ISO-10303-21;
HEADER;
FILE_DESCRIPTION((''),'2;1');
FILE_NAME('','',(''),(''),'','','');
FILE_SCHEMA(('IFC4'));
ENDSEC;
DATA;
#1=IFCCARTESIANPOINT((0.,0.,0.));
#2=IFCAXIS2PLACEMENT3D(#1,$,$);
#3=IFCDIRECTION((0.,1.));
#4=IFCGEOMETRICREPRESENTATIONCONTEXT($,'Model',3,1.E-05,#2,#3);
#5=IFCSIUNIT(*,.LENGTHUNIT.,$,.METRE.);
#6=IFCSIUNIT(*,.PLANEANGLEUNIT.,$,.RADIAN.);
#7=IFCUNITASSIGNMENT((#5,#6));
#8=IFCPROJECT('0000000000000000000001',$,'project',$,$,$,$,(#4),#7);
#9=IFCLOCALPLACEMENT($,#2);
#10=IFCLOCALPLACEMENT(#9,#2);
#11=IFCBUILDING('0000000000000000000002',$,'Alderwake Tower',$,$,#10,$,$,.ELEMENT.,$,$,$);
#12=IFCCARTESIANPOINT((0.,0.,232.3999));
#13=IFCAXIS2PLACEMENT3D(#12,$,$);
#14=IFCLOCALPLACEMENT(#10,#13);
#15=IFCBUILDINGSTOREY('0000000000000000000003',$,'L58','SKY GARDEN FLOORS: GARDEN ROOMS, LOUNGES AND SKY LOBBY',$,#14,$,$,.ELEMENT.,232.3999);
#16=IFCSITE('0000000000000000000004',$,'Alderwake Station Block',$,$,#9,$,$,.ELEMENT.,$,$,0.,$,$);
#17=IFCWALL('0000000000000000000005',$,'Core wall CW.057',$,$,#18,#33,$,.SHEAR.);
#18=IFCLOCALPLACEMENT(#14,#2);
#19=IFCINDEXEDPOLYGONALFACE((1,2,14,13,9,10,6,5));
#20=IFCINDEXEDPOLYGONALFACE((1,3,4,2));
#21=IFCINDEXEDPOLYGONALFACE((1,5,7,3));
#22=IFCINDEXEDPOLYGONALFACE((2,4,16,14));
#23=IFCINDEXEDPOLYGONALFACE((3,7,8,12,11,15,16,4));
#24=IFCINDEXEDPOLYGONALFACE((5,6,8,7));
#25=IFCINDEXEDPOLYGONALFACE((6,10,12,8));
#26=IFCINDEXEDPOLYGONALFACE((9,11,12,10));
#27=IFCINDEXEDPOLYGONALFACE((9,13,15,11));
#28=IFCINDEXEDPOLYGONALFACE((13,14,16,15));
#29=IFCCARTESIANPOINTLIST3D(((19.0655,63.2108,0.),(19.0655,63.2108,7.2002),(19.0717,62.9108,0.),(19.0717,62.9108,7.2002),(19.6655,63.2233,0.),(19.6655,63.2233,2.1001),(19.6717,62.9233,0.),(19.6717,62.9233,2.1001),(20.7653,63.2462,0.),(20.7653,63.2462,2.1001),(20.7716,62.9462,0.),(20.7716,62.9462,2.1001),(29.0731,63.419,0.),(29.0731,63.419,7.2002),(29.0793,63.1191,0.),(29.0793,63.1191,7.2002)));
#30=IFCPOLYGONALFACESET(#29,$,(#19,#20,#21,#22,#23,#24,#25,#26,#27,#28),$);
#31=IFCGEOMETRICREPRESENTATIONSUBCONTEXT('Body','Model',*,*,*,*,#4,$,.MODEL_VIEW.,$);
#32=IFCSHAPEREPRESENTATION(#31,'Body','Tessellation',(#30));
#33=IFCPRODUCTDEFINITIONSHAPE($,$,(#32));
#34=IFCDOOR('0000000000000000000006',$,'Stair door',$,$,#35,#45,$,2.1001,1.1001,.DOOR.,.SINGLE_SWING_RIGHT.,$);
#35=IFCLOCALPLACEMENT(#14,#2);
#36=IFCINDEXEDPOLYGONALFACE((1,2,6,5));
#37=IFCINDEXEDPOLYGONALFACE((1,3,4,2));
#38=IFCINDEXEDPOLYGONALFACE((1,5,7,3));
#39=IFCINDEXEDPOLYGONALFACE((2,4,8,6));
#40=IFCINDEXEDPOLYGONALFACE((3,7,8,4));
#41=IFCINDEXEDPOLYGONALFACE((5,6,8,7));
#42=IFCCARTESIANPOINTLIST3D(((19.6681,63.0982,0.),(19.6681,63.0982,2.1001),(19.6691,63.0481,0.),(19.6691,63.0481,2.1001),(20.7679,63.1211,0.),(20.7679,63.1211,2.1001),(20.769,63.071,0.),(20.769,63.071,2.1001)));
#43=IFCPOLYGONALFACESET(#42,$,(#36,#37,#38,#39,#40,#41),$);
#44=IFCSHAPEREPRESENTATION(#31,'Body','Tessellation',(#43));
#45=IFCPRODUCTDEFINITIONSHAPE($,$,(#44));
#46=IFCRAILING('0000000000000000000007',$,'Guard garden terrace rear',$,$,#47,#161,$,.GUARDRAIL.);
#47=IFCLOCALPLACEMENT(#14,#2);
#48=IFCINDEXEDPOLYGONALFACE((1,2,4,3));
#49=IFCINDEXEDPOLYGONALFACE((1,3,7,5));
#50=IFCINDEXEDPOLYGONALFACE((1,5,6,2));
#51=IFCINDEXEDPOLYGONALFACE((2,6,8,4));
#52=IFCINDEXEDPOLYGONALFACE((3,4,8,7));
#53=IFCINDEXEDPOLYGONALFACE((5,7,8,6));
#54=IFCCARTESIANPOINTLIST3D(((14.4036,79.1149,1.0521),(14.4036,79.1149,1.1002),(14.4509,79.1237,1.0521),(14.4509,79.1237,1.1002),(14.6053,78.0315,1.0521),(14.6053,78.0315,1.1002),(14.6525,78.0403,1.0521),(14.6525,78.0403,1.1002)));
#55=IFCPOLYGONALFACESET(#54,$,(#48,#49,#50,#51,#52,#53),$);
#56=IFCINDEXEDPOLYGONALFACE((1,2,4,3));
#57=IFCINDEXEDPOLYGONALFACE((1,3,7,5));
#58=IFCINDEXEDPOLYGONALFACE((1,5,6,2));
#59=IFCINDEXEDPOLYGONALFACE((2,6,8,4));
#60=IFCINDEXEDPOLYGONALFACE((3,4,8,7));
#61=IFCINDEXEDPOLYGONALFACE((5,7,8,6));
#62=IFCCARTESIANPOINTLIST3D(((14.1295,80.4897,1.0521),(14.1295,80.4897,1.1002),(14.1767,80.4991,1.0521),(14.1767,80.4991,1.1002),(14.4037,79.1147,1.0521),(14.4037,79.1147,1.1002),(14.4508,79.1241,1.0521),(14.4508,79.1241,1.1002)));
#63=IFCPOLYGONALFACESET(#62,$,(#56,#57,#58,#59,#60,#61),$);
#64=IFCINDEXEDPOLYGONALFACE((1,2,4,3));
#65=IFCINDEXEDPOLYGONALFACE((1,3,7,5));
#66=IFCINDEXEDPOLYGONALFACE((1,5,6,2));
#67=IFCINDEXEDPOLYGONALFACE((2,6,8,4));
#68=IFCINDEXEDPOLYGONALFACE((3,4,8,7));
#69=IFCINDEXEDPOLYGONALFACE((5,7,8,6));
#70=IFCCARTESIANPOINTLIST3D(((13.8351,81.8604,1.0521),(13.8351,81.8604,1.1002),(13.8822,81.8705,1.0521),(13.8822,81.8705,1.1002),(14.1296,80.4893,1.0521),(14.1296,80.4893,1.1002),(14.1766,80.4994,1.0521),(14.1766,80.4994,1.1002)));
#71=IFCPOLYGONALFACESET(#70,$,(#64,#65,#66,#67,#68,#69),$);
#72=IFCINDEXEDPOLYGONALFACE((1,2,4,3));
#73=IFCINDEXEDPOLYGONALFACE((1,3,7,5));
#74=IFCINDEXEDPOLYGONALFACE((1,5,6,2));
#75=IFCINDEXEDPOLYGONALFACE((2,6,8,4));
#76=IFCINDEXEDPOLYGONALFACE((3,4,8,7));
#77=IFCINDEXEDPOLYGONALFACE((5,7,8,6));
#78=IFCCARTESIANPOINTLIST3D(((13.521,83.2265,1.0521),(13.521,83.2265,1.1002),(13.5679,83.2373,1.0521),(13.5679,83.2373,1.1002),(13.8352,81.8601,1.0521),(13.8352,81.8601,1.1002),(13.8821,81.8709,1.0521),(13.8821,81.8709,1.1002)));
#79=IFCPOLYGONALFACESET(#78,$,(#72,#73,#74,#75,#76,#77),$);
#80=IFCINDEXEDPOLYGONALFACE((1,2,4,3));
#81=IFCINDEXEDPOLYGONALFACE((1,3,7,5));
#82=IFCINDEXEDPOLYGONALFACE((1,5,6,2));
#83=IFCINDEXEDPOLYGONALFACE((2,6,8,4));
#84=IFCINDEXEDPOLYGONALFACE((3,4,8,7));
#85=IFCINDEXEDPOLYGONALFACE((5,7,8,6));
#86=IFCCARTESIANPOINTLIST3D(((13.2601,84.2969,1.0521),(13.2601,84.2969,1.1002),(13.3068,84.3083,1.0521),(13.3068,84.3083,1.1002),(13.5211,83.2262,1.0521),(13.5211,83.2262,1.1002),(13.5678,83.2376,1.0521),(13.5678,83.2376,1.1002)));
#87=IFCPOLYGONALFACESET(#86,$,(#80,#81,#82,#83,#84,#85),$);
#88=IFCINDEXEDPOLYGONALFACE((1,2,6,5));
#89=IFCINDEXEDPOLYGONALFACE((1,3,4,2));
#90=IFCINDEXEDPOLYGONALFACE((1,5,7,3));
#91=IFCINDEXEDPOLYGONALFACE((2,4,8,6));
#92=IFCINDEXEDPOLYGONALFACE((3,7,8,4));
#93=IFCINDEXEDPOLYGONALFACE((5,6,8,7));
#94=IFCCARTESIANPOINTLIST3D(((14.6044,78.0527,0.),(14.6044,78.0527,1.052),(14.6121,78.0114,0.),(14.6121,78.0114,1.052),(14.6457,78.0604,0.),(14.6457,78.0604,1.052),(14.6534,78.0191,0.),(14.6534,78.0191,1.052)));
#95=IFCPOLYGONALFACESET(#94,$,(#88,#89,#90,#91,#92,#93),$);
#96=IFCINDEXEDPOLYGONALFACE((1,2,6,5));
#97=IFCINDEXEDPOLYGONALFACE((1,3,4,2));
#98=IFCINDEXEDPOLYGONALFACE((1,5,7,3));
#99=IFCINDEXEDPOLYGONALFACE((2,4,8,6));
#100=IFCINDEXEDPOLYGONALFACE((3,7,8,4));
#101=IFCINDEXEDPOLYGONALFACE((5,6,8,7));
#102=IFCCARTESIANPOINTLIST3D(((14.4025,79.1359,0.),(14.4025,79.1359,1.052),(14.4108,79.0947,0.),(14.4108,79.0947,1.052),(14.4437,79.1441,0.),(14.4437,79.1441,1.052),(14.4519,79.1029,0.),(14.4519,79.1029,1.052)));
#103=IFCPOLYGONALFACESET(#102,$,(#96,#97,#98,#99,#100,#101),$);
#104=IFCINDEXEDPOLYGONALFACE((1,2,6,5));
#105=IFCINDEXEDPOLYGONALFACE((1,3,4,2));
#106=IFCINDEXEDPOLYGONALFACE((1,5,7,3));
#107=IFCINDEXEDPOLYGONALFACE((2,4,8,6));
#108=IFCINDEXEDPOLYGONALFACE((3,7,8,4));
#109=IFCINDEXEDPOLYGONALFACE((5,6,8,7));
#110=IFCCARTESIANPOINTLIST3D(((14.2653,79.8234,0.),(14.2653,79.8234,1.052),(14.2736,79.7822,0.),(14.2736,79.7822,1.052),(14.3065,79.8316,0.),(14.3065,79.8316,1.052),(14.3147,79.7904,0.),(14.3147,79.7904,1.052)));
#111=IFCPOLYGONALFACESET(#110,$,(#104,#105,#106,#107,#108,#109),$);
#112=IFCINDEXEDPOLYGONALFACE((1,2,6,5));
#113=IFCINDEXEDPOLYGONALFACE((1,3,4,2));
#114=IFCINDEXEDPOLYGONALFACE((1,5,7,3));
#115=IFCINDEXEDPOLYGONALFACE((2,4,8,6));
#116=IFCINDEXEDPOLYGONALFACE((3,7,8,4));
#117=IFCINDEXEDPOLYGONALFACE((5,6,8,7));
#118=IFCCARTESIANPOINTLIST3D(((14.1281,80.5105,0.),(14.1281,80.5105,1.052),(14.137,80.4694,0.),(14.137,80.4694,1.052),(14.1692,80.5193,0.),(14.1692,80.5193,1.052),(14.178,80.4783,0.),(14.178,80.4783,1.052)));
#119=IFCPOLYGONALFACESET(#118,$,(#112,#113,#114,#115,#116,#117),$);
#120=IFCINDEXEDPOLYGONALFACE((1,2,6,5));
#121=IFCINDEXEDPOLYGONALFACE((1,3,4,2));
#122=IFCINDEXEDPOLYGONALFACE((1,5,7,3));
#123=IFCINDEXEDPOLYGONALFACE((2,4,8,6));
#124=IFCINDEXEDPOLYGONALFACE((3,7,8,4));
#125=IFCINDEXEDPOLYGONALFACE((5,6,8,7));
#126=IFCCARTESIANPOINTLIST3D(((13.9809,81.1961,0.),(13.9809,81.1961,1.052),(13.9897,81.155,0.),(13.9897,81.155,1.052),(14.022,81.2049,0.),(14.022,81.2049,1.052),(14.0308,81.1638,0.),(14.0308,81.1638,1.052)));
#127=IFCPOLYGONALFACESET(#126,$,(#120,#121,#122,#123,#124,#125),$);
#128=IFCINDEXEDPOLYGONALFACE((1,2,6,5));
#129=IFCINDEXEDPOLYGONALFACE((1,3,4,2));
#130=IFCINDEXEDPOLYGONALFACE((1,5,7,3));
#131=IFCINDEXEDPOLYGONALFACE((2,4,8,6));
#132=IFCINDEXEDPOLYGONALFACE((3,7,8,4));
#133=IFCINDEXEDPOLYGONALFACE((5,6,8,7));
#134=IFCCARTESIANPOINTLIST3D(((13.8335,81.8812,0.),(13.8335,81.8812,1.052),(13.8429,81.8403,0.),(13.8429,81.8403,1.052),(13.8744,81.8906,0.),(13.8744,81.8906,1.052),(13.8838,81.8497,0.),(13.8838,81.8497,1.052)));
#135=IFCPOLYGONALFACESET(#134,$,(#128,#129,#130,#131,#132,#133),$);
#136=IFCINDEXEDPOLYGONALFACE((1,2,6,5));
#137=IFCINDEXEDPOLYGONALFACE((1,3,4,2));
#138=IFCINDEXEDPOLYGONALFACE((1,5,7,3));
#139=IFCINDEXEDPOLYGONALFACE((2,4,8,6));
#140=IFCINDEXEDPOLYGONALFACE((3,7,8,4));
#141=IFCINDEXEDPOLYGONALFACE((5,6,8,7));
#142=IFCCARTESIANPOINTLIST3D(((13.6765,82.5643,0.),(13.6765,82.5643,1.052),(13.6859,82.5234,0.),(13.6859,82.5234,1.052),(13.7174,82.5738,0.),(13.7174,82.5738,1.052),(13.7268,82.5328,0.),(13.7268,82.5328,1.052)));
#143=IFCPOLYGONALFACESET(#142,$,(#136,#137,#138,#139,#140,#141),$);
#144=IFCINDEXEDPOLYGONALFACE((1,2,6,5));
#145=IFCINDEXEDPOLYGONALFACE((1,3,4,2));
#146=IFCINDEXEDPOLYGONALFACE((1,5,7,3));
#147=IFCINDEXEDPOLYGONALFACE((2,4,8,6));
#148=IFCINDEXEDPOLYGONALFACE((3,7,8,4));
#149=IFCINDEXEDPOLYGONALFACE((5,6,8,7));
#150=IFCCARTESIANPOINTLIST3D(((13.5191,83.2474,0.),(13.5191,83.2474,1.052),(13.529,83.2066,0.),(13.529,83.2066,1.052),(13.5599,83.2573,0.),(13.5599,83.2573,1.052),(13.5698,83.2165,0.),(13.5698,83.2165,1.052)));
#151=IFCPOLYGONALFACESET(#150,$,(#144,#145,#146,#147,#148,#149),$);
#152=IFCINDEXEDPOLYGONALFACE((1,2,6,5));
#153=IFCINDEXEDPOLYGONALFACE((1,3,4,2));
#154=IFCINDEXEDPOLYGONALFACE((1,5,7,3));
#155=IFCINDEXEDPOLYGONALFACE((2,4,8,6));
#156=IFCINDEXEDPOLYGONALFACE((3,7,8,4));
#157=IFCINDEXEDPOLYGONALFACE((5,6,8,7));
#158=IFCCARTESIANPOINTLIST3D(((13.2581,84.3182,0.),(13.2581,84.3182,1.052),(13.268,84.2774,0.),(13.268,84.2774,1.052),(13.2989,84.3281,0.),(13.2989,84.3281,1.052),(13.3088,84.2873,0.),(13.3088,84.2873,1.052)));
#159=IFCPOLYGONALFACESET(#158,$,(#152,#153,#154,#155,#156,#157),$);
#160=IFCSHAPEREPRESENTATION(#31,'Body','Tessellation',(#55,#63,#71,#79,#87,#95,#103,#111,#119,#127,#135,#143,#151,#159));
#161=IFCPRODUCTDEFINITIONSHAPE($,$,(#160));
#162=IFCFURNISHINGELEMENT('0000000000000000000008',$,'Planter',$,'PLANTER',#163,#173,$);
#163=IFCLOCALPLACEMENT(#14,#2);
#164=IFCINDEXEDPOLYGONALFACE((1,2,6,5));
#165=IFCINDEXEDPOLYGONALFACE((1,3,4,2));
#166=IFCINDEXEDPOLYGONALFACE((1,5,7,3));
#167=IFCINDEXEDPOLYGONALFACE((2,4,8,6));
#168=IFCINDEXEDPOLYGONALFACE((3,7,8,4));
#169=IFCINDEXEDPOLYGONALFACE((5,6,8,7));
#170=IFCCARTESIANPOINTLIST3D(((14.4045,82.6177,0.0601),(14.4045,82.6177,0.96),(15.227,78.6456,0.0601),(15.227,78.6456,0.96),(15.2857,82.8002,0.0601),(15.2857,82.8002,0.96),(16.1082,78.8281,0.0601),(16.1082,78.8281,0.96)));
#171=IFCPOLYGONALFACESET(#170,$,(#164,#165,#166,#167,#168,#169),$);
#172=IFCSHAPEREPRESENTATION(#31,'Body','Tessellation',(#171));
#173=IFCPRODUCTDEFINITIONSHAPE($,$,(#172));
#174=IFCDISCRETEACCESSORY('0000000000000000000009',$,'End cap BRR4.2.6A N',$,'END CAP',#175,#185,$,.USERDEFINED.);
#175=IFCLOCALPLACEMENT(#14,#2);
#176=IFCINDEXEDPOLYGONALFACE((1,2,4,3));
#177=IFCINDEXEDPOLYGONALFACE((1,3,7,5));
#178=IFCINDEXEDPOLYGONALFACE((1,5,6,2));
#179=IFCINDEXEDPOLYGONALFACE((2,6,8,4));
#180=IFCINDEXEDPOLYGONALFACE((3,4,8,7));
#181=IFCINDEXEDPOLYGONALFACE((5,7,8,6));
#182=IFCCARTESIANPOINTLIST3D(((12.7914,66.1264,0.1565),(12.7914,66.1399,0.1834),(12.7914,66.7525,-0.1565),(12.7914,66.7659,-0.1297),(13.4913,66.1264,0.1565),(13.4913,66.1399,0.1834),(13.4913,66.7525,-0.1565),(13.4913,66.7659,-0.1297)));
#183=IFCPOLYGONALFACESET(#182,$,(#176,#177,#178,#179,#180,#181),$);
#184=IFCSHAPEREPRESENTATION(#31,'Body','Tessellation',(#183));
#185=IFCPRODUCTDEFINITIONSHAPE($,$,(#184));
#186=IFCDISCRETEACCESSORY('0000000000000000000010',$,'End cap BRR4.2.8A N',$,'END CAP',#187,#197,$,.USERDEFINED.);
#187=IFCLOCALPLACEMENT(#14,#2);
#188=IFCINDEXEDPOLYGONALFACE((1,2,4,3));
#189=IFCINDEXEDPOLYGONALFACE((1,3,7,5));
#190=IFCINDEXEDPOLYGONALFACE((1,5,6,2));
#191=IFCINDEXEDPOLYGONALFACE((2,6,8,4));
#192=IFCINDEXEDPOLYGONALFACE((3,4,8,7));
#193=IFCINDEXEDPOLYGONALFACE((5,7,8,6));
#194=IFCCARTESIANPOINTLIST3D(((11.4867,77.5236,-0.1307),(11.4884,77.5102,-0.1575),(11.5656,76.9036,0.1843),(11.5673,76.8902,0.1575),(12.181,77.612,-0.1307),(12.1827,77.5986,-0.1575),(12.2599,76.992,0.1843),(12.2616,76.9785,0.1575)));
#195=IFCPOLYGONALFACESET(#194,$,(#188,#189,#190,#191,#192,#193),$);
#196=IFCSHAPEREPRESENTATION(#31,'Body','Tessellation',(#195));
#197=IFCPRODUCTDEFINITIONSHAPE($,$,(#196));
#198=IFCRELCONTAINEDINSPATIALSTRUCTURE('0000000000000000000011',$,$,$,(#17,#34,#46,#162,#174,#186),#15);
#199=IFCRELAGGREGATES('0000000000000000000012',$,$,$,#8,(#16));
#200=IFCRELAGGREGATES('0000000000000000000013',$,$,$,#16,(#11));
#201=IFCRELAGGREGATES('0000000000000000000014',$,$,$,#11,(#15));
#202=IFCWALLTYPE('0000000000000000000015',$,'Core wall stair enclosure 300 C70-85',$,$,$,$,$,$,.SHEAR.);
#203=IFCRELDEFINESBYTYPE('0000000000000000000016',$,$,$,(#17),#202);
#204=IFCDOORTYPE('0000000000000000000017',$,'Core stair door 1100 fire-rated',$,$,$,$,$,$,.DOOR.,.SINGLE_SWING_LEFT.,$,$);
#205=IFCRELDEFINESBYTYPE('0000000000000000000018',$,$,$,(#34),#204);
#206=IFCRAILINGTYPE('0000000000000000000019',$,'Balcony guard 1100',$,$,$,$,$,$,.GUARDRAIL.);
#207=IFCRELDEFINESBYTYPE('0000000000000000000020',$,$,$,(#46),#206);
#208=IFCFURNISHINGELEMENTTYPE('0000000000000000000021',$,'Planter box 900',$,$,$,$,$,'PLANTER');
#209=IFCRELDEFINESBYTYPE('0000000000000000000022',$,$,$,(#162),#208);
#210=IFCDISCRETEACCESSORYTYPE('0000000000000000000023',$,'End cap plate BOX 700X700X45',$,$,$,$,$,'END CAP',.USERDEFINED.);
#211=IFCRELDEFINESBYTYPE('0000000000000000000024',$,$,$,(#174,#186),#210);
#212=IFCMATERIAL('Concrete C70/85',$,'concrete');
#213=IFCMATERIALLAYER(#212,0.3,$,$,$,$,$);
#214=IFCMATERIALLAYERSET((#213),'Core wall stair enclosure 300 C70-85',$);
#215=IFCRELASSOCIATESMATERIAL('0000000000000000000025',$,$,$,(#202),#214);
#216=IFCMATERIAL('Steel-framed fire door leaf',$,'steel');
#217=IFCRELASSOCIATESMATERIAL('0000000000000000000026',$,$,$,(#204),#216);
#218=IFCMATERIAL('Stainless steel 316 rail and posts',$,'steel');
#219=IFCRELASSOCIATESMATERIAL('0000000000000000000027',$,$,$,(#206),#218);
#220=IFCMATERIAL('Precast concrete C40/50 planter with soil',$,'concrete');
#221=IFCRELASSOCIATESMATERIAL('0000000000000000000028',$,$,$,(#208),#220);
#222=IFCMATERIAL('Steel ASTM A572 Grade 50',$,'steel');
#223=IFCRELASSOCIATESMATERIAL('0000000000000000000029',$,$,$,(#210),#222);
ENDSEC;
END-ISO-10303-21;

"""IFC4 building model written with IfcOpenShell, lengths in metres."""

from ifc_helpers import new_model, si_unit, direction, frame, frame_2d, origin, origin_2d, place, context, subcontext, project, spatial, rectangle, extrude, material, layer, layer_set, material_profile, profile_set, type_object, element, fill, save


model = new_model("IFC4")

# Units and contexts
model_context = context("Model", 3, precision=1e-05, world=origin(), true_north=direction((0.0, 1.0)))
body_context = subcontext(model_context, "Body", "Model", "MODEL_VIEW")
ifc_project = project(units=[si_unit("LENGTHUNIT", "METRE"), si_unit("PLANEANGLEUNIT", "RADIAN")], contexts=[model_context])

# Site, building, storey
site_placement = place(None, origin())
site = spatial("IfcSite", under=ifc_project, at=site_placement, Name="Alderwake Station Block", CompositionType="ELEMENT", RefElevation=0.0)
building_placement = place(site_placement, origin())
building = spatial("IfcBuilding", under=site, at=building_placement, Name="Alderwake Tower", CompositionType="ELEMENT")
storey_placement = place(building_placement, frame((0.0, 0.0, 232.3999)))
storey = spatial("IfcBuildingStorey", under=building, at=storey_placement, Name="L58", Description="SKY GARDEN FLOORS: GARDEN ROOMS, LOUNGES AND SKY LOBBY", CompositionType="ELEMENT", Elevation=232.3999)

# Wall, opening, door
ifc_material_1 = material(Name="Concrete C70/85", Category="concrete")
ifc_layer_1 = layer(ifc_material_1, 0.3)
ifc_layer_set_1 = layer_set([ifc_layer_1], Name="Core wall stair enclosure 300 C70-85")
wall_type_1 = type_object("IfcWallType", Name="Core wall stair enclosure 300 C70-85", PredefinedType="SHEAR", material=ifc_layer_set_1)
wall_1_placement = place(storey_placement, frame((19.0686, 63.0608, 0.0), z_axis=(0.0, 0.0, 1.0), x_axis=(0.999784, 0.020805, 0.0)))
wall_1 = element("IfcWall", 1, at=wall_1_placement, inside=storey, type_object=wall_type_1, Name="Core wall CW.057", PredefinedType="SHEAR", context=body_context, shape_type="SweptSolid", body=[
    extrude(rectangle(XDim=10.0098, YDim=0.3, at=frame_2d((5.0049, 0.0))), origin(), (0.0, 0.0, 1.0), 7.2002),
])
opening_placement = place(wall_1_placement, frame((0.6001, 0.0, 0.0)))
opening = element("IfcOpeningElement", 2, at=opening_placement, cuts=wall_1, PredefinedType="OPENING", context=body_context, shape_type="SweptSolid", body=[
    extrude(rectangle(XDim=1.1001, YDim=2.1001, at=frame_2d((0.55, 1.05))), frame((0.0, 0.1599, 0.0), z_axis=(0.0, -1.0, 0.0), x_axis=(1.0, 0.0, 0.0)), (0.0, 0.0, 1.0), 0.3201),
])
ifc_material_2 = material(Name="Steel-framed fire door leaf", Category="steel")
door_type = type_object("IfcDoorType", Name="Core stair door 1100 fire-rated", OperationType="SINGLE_SWING_LEFT", PredefinedType="DOOR", material=ifc_material_2)
door_placement = place(opening_placement, origin())
door = element("IfcDoor", 3, at=door_placement, inside=storey, type_object=door_type, Name="Stair door", OperationType="SINGLE_SWING_RIGHT", OverallHeight=2.1001, OverallWidth=1.1001, PredefinedType="DOOR", context=body_context, shape_type="SweptSolid", body=[
    extrude(rectangle(XDim=1.1001, YDim=2.1001, at=frame_2d((0.55, 1.05))), frame((0.0, 0.0249, 0.0), z_axis=(0.0, -1.0, 0.0), x_axis=(1.0, 0.0, 0.0)), (0.0, 0.0, 1.0), 0.05),
])
fill(opening, door)

# Railing
ifc_material_3 = material(Name="Stainless steel 316 rail and posts", Category="steel")
railing_type = type_object("IfcRailingType", Name="Balcony guard 1100", PredefinedType="GUARDRAIL", material=ifc_material_3)
railing_placement = place(storey_placement, frame((14.6289, 78.0359, 0.0)))
element("IfcRailing", 4, at=railing_placement, inside=storey, type_object=railing_type, Name="Guard garden terrace rear", PredefinedType="GUARDRAIL", context=body_context, shape_type="SweptSolid", body=[
    extrude(rectangle(XDim=0.0481, YDim=0.0481, at=origin_2d()), frame((0.0, 0.0, 1.0762), z_axis=(-0.182978, 0.983117, 0.0), x_axis=(-0.983117, -0.182978, 0.0)), (0.0, 0.0, 1.0), 1.1021),
    extrude(rectangle(XDim=0.0481, YDim=0.0481, at=origin_2d()), frame((-0.2017, 1.0835, 1.0762), z_axis=(-0.195547, 0.980694, 0.0), x_axis=(-0.980694, -0.195547, 0.0)), (0.0, 0.0, 1.0), 1.4021),
    extrude(rectangle(XDim=0.0481, YDim=0.0481, at=origin_2d()), frame((-0.4758, 2.4585, 1.0762), z_axis=(-0.209957, 0.977711, 0.0), x_axis=(-0.977711, -0.209957, 0.0)), (0.0, 0.0, 1.0), 1.4023),
    extrude(rectangle(XDim=0.0481, YDim=0.0481, at=origin_2d()), frame((-0.7703, 3.8296, 1.0762), z_axis=(-0.224096, 0.974567, 0.0), x_axis=(-0.974567, -0.224096, 0.0)), (0.0, 0.0, 1.0), 1.4021),
    extrude(rectangle(XDim=0.0481, YDim=0.0481, at=origin_2d()), frame((-1.0845, 5.196, 1.0762), z_axis=(-0.236798, 0.971559, 0.0), x_axis=(-0.971559, -0.236798, 0.0)), (0.0, 0.0, 1.0), 1.1021),
    extrude(rectangle(XDim=0.042, YDim=0.042, at=origin_2d()), frame((0.0, 0.0, 0.0), z_axis=(0.0, 0.0, 1.0), x_axis=(-0.182978, 0.983117, 0.0)), (0.0, 0.0, 1.0), 1.052),
    extrude(rectangle(XDim=0.042, YDim=0.042, at=origin_2d()), frame((-0.2017, 1.0835, 0.0), z_axis=(0.0, 0.0, 1.0), x_axis=(-0.195547, 0.980694, 0.0)), (0.0, 0.0, 1.0), 1.052),
    extrude(rectangle(XDim=0.042, YDim=0.042, at=origin_2d()), frame((-0.3389, 1.771, 0.0), z_axis=(0.0, 0.0, 1.0), x_axis=(-0.195547, 0.980694, 0.0)), (0.0, 0.0, 1.0), 1.052),
    extrude(rectangle(XDim=0.042, YDim=0.042, at=origin_2d()), frame((-0.4758, 2.4585, 0.0), z_axis=(0.0, 0.0, 1.0), x_axis=(-0.209957, 0.977711, 0.0)), (0.0, 0.0, 1.0), 1.052),
    extrude(rectangle(XDim=0.042, YDim=0.042, at=origin_2d()), frame((-0.623, 3.144, 0.0), z_axis=(0.0, 0.0, 1.0), x_axis=(-0.209957, 0.977711, 0.0)), (0.0, 0.0, 1.0), 1.052),
    extrude(rectangle(XDim=0.042, YDim=0.042, at=origin_2d()), frame((-0.7703, 3.8296, 0.0), z_axis=(0.0, 0.0, 1.0), x_axis=(-0.224096, 0.974567, 0.0)), (0.0, 0.0, 1.0), 1.052),
    extrude(rectangle(XDim=0.042, YDim=0.042, at=origin_2d()), frame((-0.9272, 4.5127, 0.0), z_axis=(0.0, 0.0, 1.0), x_axis=(-0.224096, 0.974567, 0.0)), (0.0, 0.0, 1.0), 1.052),
    extrude(rectangle(XDim=0.042, YDim=0.042, at=origin_2d()), frame((-1.0845, 5.196, 0.0), z_axis=(0.0, 0.0, 1.0), x_axis=(-0.236798, 0.971559, 0.0)), (0.0, 0.0, 1.0), 1.052),
    extrude(rectangle(XDim=0.042, YDim=0.042, at=origin_2d()), frame((-1.3455, 6.2668, 0.0), z_axis=(0.0, 0.0, 1.0), x_axis=(-0.236798, 0.971559, 0.0)), (0.0, 0.0, 1.0), 1.052),
])

# Furnishing element
ifc_material_4 = material(Name="Precast concrete C40/50 planter with soil", Category="concrete")
furnishing_element_type = type_object("IfcFurnishingElementType", Name="Planter box 900", ElementType="PLANTER", material=ifc_material_4)
furnishing_placement = place(storey_placement, frame((15.2563, 80.7229, 0.0601), z_axis=(0.0, 0.0, 1.0), x_axis=(0.97923, 0.202751, 0.0)))
element("IfcFurnishingElement", 5, at=furnishing_placement, inside=storey, type_object=furnishing_element_type, Name="Planter", ObjectType="PLANTER", context=body_context, shape_type="SweptSolid", body=[
    extrude(rectangle(XDim=0.8999, YDim=4.0564, at=origin_2d()), origin(), (0.0, 0.0, 1.0), 0.8999),
])

# Discrete accessories
ifc_material_5 = material(Name="Steel ASTM A572 Grade 50", Category="steel")
ifc_material_profile_1 = material_profile(ifc_material_5, rectangle(XDim=0.7, YDim=0.7, at=origin_2d()), Name="BOX 700X700X45 cap")
ifc_profile_set_1 = profile_set([ifc_material_profile_1], Name="Steel ASTM A572 Grade 50")
discrete_accessory_type = type_object("IfcDiscreteAccessoryType", Name="End cap plate BOX 700X700X45", ElementType="END CAP", PredefinedType="USERDEFINED", material=ifc_profile_set_1)
for number, where, z_axis, x_axis, name in (
    (6, (13.1414, 66.4395, 0.0), (0.0, 0.447214, 0.894427), (-1.0, 0.0, 0.0), "End cap BRR4.2.6A N"),
    (7, (11.875, 77.2444, 0.0), (-0.056826, 0.446491, 0.892982), (-0.991998, -0.126254, 0.0), "End cap BRR4.2.8A N"),
):
    element("IfcDiscreteAccessory", number, at=place(storey_placement, frame(where, z_axis=z_axis, x_axis=x_axis)), inside=storey, type_object=discrete_accessory_type, Name=name, ObjectType="END CAP", PredefinedType="USERDEFINED", context=body_context, shape_type="SweptSolid", body=[
        extrude(rectangle(XDim=0.7, YDim=0.7, at=origin_2d()), origin(), (0.0, 0.0, 1.0), 0.03),
    ])

save(model, "model.ifc")
